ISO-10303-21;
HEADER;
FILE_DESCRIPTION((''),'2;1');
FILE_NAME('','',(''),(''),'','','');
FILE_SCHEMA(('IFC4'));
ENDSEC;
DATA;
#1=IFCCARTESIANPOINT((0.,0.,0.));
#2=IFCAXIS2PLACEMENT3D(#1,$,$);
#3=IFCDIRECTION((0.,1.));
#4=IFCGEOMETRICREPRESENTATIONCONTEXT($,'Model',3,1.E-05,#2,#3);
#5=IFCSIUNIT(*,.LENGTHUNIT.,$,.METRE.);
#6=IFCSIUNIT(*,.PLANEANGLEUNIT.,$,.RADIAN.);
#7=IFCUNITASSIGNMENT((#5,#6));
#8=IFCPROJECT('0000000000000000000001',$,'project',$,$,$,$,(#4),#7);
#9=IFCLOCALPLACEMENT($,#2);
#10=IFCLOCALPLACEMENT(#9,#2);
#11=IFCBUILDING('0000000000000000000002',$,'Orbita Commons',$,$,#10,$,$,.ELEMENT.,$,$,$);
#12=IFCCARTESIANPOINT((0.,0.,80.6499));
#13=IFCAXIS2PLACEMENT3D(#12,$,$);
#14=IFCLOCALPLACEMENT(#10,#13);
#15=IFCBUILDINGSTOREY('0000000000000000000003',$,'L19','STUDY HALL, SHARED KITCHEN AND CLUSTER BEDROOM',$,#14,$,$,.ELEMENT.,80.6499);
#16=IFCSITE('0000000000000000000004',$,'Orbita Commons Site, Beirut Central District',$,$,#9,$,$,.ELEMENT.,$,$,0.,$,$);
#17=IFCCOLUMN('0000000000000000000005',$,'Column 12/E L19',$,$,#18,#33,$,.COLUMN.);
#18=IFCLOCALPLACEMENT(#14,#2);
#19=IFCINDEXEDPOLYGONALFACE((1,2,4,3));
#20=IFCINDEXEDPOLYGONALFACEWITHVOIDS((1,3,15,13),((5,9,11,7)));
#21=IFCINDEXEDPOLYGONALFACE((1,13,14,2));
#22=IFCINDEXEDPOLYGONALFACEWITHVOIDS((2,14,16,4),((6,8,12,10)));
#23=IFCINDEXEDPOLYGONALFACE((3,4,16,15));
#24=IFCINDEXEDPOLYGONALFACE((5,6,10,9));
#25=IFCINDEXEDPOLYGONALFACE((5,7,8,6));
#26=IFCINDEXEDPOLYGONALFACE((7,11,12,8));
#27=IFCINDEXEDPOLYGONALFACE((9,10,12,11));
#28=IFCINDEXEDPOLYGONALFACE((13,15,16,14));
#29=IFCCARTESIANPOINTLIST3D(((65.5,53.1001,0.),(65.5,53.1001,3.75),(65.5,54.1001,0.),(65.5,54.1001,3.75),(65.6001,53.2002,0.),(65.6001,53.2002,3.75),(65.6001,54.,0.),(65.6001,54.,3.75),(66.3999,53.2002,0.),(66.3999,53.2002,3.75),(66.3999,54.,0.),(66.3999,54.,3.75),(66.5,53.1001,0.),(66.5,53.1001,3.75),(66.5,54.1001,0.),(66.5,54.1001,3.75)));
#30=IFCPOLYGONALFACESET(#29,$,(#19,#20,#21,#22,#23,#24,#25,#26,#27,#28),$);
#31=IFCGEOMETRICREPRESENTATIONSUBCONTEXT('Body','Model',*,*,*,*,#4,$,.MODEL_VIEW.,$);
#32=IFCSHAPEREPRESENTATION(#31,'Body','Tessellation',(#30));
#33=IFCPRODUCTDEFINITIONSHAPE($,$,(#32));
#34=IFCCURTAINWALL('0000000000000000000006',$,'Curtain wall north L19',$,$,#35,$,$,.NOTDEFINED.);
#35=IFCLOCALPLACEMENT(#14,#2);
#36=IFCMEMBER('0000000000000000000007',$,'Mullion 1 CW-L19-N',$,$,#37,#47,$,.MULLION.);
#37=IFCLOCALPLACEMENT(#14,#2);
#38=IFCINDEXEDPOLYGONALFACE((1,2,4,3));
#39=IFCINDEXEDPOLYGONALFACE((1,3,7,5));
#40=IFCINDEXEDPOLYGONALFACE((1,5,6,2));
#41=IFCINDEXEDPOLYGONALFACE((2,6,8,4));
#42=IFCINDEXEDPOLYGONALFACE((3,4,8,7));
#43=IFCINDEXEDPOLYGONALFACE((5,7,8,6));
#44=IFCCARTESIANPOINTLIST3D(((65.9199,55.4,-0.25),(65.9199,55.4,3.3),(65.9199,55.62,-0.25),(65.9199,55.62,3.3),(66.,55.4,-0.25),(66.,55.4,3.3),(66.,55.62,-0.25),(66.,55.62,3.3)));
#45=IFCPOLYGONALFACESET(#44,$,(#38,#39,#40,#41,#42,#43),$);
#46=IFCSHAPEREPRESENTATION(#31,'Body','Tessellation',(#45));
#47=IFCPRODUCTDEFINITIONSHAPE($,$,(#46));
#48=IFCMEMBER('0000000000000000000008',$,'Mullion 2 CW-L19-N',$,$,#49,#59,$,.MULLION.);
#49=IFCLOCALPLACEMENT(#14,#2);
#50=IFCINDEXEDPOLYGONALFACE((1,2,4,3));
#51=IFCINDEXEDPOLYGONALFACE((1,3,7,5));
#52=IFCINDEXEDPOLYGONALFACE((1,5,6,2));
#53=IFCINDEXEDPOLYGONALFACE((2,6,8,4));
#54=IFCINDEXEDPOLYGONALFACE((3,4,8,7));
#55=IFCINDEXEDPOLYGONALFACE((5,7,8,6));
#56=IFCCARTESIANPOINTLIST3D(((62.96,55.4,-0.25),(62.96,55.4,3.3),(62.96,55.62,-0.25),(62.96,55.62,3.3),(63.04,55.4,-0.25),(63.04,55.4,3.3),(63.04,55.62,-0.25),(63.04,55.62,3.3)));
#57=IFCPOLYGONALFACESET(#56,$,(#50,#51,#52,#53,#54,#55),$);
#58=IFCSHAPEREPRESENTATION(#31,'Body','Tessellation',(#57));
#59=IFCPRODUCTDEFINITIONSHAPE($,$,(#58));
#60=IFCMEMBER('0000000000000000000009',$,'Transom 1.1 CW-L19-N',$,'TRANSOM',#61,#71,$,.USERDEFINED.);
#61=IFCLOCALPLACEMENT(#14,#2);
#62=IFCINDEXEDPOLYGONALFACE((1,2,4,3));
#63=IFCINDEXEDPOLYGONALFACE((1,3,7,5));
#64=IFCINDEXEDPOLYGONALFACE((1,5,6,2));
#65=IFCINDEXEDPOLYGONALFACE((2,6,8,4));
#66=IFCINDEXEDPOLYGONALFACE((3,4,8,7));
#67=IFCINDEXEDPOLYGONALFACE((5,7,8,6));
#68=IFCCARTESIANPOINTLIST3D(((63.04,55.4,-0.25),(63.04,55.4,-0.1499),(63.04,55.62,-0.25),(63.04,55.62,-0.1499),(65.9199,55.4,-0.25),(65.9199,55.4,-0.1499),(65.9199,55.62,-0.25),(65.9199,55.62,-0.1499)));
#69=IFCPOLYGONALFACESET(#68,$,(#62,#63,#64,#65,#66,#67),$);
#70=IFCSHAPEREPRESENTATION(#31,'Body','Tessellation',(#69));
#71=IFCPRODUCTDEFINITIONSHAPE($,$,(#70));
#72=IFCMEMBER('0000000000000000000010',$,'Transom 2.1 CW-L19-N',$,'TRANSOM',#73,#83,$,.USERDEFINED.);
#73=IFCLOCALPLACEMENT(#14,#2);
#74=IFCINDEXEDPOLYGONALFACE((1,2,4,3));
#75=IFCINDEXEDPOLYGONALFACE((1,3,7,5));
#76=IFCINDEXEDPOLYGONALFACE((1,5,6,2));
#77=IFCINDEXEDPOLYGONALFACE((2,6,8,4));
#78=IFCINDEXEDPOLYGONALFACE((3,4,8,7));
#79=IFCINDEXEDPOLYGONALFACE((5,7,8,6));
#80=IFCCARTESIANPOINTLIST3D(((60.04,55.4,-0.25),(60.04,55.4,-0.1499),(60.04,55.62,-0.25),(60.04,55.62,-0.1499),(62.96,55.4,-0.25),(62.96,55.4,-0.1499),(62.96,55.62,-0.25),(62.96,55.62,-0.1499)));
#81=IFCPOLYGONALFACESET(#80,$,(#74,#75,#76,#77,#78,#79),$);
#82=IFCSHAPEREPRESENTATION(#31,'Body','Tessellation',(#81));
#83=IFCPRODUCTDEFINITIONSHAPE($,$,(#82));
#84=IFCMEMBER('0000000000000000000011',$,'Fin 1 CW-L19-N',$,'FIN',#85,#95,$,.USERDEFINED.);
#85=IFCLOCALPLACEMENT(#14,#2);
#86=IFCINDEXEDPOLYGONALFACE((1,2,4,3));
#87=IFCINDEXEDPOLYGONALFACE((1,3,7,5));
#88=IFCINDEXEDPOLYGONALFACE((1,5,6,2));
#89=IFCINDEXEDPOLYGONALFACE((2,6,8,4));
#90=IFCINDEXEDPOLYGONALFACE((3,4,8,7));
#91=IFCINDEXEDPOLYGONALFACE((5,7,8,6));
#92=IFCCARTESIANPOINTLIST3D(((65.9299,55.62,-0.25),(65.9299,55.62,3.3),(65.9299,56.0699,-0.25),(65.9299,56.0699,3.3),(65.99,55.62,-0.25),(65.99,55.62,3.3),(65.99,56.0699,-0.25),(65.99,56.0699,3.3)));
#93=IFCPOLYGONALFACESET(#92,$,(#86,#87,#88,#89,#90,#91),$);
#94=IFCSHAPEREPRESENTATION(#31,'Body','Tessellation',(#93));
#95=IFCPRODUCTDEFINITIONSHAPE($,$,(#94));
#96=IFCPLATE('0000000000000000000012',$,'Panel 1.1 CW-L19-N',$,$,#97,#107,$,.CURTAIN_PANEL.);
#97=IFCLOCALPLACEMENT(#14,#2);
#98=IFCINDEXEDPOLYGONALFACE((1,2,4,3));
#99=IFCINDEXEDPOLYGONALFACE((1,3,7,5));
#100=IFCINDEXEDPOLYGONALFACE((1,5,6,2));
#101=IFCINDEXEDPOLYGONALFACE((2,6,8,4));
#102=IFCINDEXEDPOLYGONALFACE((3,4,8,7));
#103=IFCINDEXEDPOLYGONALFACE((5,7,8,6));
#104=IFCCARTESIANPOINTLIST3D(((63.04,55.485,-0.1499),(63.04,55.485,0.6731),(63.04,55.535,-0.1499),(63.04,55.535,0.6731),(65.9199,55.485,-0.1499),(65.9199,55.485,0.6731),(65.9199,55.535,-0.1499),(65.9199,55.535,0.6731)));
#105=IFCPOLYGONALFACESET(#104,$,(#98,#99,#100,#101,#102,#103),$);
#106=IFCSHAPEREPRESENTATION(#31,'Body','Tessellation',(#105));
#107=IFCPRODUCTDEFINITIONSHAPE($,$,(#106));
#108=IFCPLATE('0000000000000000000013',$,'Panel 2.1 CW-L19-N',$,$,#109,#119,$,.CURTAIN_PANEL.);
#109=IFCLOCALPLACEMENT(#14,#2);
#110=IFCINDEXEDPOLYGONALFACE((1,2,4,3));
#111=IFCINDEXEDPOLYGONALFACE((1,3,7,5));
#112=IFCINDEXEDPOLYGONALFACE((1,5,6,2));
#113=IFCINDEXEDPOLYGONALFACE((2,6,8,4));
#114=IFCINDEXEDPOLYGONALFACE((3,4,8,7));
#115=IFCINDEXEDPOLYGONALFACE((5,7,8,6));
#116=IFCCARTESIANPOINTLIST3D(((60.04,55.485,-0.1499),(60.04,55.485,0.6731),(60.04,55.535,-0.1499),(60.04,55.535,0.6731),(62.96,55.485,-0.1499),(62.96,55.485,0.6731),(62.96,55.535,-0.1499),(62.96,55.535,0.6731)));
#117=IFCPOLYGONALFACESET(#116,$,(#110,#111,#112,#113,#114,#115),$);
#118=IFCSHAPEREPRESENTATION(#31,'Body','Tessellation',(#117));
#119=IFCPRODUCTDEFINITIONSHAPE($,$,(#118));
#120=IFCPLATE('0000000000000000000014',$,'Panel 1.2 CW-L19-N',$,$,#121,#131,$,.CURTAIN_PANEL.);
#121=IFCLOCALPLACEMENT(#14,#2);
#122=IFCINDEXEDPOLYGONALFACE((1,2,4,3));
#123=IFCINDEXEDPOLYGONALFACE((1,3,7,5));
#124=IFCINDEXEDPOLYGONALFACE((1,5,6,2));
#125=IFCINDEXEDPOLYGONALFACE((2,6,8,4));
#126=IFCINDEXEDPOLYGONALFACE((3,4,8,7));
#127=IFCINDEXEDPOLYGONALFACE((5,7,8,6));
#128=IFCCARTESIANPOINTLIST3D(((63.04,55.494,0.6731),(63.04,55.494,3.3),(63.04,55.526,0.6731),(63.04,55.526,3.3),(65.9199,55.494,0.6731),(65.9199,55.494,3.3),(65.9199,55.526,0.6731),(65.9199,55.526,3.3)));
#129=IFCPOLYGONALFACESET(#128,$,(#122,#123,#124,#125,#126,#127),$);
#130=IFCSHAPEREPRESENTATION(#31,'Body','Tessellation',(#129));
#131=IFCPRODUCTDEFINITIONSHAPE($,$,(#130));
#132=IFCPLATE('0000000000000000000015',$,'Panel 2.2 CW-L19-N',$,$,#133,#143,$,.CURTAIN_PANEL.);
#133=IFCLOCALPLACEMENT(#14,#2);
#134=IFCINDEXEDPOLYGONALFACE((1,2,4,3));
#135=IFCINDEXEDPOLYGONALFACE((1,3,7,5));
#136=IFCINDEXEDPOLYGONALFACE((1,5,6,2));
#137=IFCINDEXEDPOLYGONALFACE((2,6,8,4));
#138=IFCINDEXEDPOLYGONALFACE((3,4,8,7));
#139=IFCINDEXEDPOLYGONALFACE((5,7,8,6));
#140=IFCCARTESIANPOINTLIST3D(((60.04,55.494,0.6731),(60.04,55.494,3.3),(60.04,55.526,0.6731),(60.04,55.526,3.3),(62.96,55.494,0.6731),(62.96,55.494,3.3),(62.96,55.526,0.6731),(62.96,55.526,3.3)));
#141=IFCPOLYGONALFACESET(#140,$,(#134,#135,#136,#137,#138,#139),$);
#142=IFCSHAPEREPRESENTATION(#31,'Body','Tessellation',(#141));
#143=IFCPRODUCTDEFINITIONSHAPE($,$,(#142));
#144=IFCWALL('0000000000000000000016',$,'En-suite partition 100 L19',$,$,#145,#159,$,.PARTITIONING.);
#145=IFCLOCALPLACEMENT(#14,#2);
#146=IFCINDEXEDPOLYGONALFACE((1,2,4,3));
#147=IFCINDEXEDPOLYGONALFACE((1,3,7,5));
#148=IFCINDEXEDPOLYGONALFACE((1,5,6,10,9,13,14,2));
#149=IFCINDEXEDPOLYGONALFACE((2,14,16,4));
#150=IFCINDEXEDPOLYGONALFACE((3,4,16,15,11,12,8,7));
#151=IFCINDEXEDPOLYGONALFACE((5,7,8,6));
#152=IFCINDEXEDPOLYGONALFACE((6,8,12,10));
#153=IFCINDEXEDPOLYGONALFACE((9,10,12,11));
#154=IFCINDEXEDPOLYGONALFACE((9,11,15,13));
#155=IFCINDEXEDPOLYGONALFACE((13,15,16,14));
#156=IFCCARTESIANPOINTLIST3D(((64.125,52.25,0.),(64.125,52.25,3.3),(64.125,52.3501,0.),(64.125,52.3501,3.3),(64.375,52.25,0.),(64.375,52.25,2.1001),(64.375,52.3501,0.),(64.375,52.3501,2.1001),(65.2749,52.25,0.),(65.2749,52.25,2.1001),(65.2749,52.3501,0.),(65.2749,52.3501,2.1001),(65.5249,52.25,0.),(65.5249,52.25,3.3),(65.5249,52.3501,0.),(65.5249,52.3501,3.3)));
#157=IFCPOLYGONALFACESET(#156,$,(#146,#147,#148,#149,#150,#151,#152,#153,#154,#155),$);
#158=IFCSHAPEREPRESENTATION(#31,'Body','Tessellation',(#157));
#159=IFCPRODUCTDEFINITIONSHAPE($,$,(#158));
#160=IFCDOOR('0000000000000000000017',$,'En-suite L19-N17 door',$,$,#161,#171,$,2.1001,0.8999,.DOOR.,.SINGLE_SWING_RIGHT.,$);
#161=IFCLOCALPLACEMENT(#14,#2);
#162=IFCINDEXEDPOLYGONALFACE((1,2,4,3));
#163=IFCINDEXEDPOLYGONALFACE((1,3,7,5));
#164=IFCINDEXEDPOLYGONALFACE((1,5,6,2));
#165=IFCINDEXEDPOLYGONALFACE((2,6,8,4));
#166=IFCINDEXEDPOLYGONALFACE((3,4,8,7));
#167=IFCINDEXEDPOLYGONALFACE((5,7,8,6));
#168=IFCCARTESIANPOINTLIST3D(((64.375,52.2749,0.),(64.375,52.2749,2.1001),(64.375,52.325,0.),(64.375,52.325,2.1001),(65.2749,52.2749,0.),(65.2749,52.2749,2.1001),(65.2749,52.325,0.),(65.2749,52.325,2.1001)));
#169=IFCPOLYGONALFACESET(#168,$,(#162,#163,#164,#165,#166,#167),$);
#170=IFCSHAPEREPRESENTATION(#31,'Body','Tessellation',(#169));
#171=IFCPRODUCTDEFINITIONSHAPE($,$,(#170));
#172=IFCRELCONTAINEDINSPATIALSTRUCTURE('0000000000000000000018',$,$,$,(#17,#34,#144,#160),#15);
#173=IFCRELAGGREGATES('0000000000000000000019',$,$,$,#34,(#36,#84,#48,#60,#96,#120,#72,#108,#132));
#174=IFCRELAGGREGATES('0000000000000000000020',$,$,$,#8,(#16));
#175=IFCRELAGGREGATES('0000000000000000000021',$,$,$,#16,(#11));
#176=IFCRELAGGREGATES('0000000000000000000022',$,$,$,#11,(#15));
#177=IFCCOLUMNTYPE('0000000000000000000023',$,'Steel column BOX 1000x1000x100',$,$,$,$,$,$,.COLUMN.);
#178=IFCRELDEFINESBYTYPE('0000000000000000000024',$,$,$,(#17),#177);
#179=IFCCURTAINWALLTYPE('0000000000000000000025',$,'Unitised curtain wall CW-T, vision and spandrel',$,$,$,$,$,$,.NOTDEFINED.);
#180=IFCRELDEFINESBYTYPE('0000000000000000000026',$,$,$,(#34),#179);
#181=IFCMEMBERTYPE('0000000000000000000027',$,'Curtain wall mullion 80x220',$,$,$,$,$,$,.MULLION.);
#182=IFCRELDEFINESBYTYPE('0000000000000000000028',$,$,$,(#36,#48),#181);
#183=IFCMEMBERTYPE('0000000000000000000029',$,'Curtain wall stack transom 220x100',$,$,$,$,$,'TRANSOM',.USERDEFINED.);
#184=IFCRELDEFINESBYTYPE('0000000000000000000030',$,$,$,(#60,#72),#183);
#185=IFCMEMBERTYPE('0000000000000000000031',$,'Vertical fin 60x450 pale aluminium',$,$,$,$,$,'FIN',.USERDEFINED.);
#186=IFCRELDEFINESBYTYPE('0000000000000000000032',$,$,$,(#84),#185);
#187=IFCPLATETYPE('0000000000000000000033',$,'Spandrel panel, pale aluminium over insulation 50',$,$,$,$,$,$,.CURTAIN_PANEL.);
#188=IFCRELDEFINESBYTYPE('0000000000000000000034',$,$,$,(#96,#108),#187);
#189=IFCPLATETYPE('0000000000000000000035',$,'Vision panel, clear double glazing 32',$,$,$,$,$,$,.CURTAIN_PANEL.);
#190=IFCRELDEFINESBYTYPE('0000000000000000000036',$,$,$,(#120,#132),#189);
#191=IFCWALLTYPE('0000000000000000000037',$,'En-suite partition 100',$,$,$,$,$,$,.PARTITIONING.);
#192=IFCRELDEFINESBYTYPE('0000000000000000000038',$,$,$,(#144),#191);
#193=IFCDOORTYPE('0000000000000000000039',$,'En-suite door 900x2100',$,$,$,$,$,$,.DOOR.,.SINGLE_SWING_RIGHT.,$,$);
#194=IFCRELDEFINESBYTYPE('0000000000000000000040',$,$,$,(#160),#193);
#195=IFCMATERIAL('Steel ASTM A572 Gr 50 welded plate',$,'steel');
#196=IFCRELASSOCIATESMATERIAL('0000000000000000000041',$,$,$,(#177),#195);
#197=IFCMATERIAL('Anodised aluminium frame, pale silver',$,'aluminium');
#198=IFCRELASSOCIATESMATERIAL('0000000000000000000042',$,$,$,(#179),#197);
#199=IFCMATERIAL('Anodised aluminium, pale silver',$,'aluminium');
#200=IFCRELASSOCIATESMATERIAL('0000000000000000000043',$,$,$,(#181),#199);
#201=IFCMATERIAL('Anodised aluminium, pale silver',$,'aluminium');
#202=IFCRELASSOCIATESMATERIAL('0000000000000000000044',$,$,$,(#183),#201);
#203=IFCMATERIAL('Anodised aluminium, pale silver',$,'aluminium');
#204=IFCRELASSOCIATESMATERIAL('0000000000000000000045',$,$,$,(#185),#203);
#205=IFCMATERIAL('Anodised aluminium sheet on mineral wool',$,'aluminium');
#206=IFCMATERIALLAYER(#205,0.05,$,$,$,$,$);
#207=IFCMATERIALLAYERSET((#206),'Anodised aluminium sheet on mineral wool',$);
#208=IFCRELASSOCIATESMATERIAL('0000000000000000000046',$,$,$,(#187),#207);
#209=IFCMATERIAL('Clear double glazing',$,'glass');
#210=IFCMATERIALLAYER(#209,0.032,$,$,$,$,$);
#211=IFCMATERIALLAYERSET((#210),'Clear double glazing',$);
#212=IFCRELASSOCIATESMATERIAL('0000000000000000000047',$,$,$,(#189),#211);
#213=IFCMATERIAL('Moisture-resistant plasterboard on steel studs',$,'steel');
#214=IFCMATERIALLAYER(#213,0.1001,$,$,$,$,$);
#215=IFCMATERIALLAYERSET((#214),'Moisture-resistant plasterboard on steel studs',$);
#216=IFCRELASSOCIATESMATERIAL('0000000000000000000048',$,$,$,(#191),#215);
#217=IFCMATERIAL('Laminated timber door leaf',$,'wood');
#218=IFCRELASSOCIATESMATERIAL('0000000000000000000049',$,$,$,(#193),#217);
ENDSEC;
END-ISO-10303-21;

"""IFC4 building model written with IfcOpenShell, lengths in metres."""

from ifc_helpers import new_model, si_unit, direction, frame, frame_2d, origin, origin_2d, place, context, subcontext, project, spatial, rectangle, hollow_rectangle, extrude, material, layer, layer_set, material_profile, profile_set, type_object, element, fill, aggregate, save


model = new_model("IFC4")

# Units and contexts
model_context = context("Model", 3, precision=1e-05, world=origin(), true_north=direction((0.0, 1.0)))
body_context = subcontext(model_context, "Body", "Model", "MODEL_VIEW")
ifc_project = project(units=[si_unit("LENGTHUNIT", "METRE"), si_unit("PLANEANGLEUNIT", "RADIAN")], contexts=[model_context])

# Site, building, storey
site_placement = place(None, origin())
site = spatial("IfcSite", under=ifc_project, at=site_placement, Name="Orbita Commons Site, Beirut Central District", CompositionType="ELEMENT", RefElevation=0.0)
building_placement = place(site_placement, origin())
building = spatial("IfcBuilding", under=site, at=building_placement, Name="Orbita Commons", CompositionType="ELEMENT")
storey_placement = place(building_placement, frame((0.0, 0.0, 80.6499)))
storey = spatial("IfcBuildingStorey", under=building, at=storey_placement, Name="L19", Description="STUDY HALL, SHARED KITCHEN AND CLUSTER BEDROOM", CompositionType="ELEMENT", Elevation=80.6499)

# Column
ifc_material_1 = material(Name="Steel ASTM A572 Gr 50 welded plate", Category="steel")
ifc_material_profile_1 = material_profile(ifc_material_1, hollow_rectangle(XDim=1.0, YDim=1.0, WallThickness=0.1001, at=origin_2d()), Name="BOX 1000x1000x100")
ifc_profile_set_1 = profile_set([ifc_material_profile_1], Name="Steel ASTM A572 Gr 50 welded plate")
column_type = type_object("IfcColumnType", Name="Steel column BOX 1000x1000x100", PredefinedType="COLUMN", material=ifc_profile_set_1)
column_placement = place(storey_placement, frame((66.0, 53.6001, 0.0), z_axis=(0.0, 0.0, 1.0), x_axis=(1.0, 0.0, 0.0)))
element("IfcColumn", 1, at=column_placement, inside=storey, type_object=column_type, Name="Column 12/E L19", PredefinedType="COLUMN", context=body_context, shape_type="SweptSolid", body=[
    extrude(hollow_rectangle(XDim=1.0, YDim=1.0, WallThickness=0.1001, at=origin_2d()), origin(), (0.0, 0.0, 1.0), 3.75),
])

# Curtain wall, members, plates
ifc_material_2 = material(Name="Anodised aluminium frame, pale silver", Category="aluminium")
curtain_wall_type = type_object("IfcCurtainWallType", Name="Unitised curtain wall CW-T, vision and spandrel", PredefinedType="NOTDEFINED", material=ifc_material_2)
curtain_wall_placement = place(storey_placement, origin())
curtain_wall = element("IfcCurtainWall", 2, at=curtain_wall_placement, inside=storey, type_object=curtain_wall_type, Name="Curtain wall north L19", PredefinedType="NOTDEFINED")
ifc_material_3 = material(Name="Anodised aluminium, pale silver", Category="aluminium")
ifc_material_profile_2 = material_profile(ifc_material_3, rectangle(XDim=0.0801, YDim=0.22, at=origin_2d()), Name="AL 80x220")
ifc_profile_set_2 = profile_set([ifc_material_profile_2], Name="Anodised aluminium, pale silver")
member_type_1 = type_object("IfcMemberType", Name="Curtain wall mullion 80x220", PredefinedType="MULLION", material=ifc_profile_set_2)
member_1_placement = place(storey_placement, frame((65.96, 55.51, -0.25), z_axis=(0.0, 0.0, 1.0), x_axis=(-1.0, 0.0, 0.0)))
member_1 = element("IfcMember", 3, at=member_1_placement, type_object=member_type_1, Name="Mullion 1 CW-L19-N", PredefinedType="MULLION", context=body_context, shape_type="SweptSolid", body=[
    extrude(rectangle(XDim=0.0801, YDim=0.22, at=origin_2d()), origin(), (0.0, 0.0, 1.0), 3.55),
])
member_2_placement = place(storey_placement, frame((63.0, 55.51, -0.25), z_axis=(0.0, 0.0, 1.0), x_axis=(-1.0, 0.0, 0.0)))
member_2 = element("IfcMember", 4, at=member_2_placement, type_object=member_type_1, Name="Mullion 2 CW-L19-N", PredefinedType="MULLION", context=body_context, shape_type="SweptSolid", body=[
    extrude(rectangle(XDim=0.0801, YDim=0.22, at=origin_2d()), origin(), (0.0, 0.0, 1.0), 3.55),
])
ifc_material_4 = material(Name="Anodised aluminium, pale silver", Category="aluminium")
ifc_material_profile_3 = material_profile(ifc_material_4, rectangle(XDim=0.22, YDim=0.1001, at=origin_2d()), Name="AL 220x100")
ifc_profile_set_3 = profile_set([ifc_material_profile_3], Name="Anodised aluminium, pale silver")
member_type_2 = type_object("IfcMemberType", Name="Curtain wall stack transom 220x100", ElementType="TRANSOM", PredefinedType="USERDEFINED", material=ifc_profile_set_3)
member_3_placement = place(storey_placement, frame((65.9199, 55.51, -0.2), z_axis=(-1.0, 0.0, 0.0), x_axis=(0.0, -1.0, 0.0)))
member_3 = element("IfcMember", 5, at=member_3_placement, type_object=member_type_2, Name="Transom 1.1 CW-L19-N", ObjectType="TRANSOM", PredefinedType="USERDEFINED", context=body_context, shape_type="SweptSolid", body=[
    extrude(rectangle(XDim=0.22, YDim=0.1001, at=origin_2d()), origin(), (0.0, 0.0, 1.0), 2.8799),
])
member_4_placement = place(storey_placement, frame((62.96, 55.51, -0.2), z_axis=(-1.0, 0.0, 0.0), x_axis=(0.0, -1.0, 0.0)))
member_4 = element("IfcMember", 6, at=member_4_placement, type_object=member_type_2, Name="Transom 2.1 CW-L19-N", ObjectType="TRANSOM", PredefinedType="USERDEFINED", context=body_context, shape_type="SweptSolid", body=[
    extrude(rectangle(XDim=0.22, YDim=0.1001, at=origin_2d()), origin(), (0.0, 0.0, 1.0), 2.9199),
])
ifc_material_5 = material(Name="Anodised aluminium, pale silver", Category="aluminium")
ifc_material_profile_4 = material_profile(ifc_material_5, rectangle(XDim=0.0601, YDim=0.45, at=origin_2d()), Name="FIN 60x450")
ifc_profile_set_4 = profile_set([ifc_material_profile_4], Name="Anodised aluminium, pale silver")
member_type_3 = type_object("IfcMemberType", Name="Vertical fin 60x450 pale aluminium", ElementType="FIN", PredefinedType="USERDEFINED", material=ifc_profile_set_4)
member_5_placement = place(storey_placement, frame((65.96, 55.845, -0.25), z_axis=(0.0, 0.0, 1.0), x_axis=(-1.0, 0.0, 0.0)))
member_5 = element("IfcMember", 7, at=member_5_placement, type_object=member_type_3, Name="Fin 1 CW-L19-N", ObjectType="FIN", PredefinedType="USERDEFINED", context=body_context, shape_type="SweptSolid", body=[
    extrude(rectangle(XDim=0.0601, YDim=0.45, at=origin_2d()), origin(), (0.0, 0.0, 1.0), 3.55),
])
ifc_material_6 = material(Name="Anodised aluminium sheet on mineral wool", Category="aluminium")
ifc_layer_1 = layer(ifc_material_6, 0.05)
ifc_layer_set_1 = layer_set([ifc_layer_1], Name="Anodised aluminium sheet on mineral wool")
plate_type_1 = type_object("IfcPlateType", Name="Spandrel panel, pale aluminium over insulation 50", PredefinedType="CURTAIN_PANEL", material=ifc_layer_set_1)
plate_1_placement = place(storey_placement, frame((64.48, 55.51, -0.1499), z_axis=(0.0, 0.0, 1.0), x_axis=(-1.0, 0.0, 0.0)))
plate_1 = element("IfcPlate", 8, at=plate_1_placement, type_object=plate_type_1, Name="Panel 1.1 CW-L19-N", PredefinedType="CURTAIN_PANEL", context=body_context, shape_type="SweptSolid", body=[
    extrude(rectangle(XDim=2.8799, YDim=0.05, at=origin_2d()), origin(), (0.0, 0.0, 1.0), 0.823),
])
plate_2_placement = place(storey_placement, frame((61.5, 55.51, -0.1499), z_axis=(0.0, 0.0, 1.0), x_axis=(-1.0, 0.0, 0.0)))
plate_2 = element("IfcPlate", 9, at=plate_2_placement, type_object=plate_type_1, Name="Panel 2.1 CW-L19-N", PredefinedType="CURTAIN_PANEL", context=body_context, shape_type="SweptSolid", body=[
    extrude(rectangle(XDim=2.9199, YDim=0.05, at=origin_2d()), origin(), (0.0, 0.0, 1.0), 0.823),
])
ifc_material_7 = material(Name="Clear double glazing", Category="glass")
ifc_layer_2 = layer(ifc_material_7, 0.032)
ifc_layer_set_2 = layer_set([ifc_layer_2], Name="Clear double glazing")
plate_type_2 = type_object("IfcPlateType", Name="Vision panel, clear double glazing 32", PredefinedType="CURTAIN_PANEL", material=ifc_layer_set_2)
plate_3_placement = place(storey_placement, frame((64.48, 55.51, 0.6731), z_axis=(0.0, 0.0, 1.0), x_axis=(-1.0, 0.0, 0.0)))
plate_3 = element("IfcPlate", 10, at=plate_3_placement, type_object=plate_type_2, Name="Panel 1.2 CW-L19-N", PredefinedType="CURTAIN_PANEL", context=body_context, shape_type="SweptSolid", body=[
    extrude(rectangle(XDim=2.8799, YDim=0.032, at=origin_2d()), origin(), (0.0, 0.0, 1.0), 2.627),
])
plate_4_placement = place(storey_placement, frame((61.5, 55.51, 0.6731), z_axis=(0.0, 0.0, 1.0), x_axis=(-1.0, 0.0, 0.0)))
plate_4 = element("IfcPlate", 11, at=plate_4_placement, type_object=plate_type_2, Name="Panel 2.2 CW-L19-N", PredefinedType="CURTAIN_PANEL", context=body_context, shape_type="SweptSolid", body=[
    extrude(rectangle(XDim=2.9199, YDim=0.032, at=origin_2d()), origin(), (0.0, 0.0, 1.0), 2.627),
])
aggregate(curtain_wall, [member_1, member_5, member_2, member_3, plate_1, plate_3, member_4, plate_2, plate_4])

# Wall, opening, door
ifc_material_8 = material(Name="Moisture-resistant plasterboard on steel studs", Category="steel")
ifc_layer_3 = layer(ifc_material_8, 0.1001)
ifc_layer_set_3 = layer_set([ifc_layer_3], Name="Moisture-resistant plasterboard on steel studs")
wall_type_1 = type_object("IfcWallType", Name="En-suite partition 100", PredefinedType="PARTITIONING", material=ifc_layer_set_3)
wall_1_placement = place(storey_placement, frame((64.125, 52.3, 0.0), z_axis=(0.0, 0.0, 1.0), x_axis=(1.0, 0.0, 0.0)))
wall_1 = element("IfcWall", 12, at=wall_1_placement, inside=storey, type_object=wall_type_1, Name="En-suite partition 100 L19", PredefinedType="PARTITIONING", context=body_context, shape_type="SweptSolid", body=[
    extrude(rectangle(XDim=1.3999, YDim=0.1001, at=frame_2d((0.7, 0.0))), origin(), (0.0, 0.0, 1.0), 3.3),
])
opening_1_placement = place(wall_1_placement, frame((0.25, 0.0, 0.0)))
opening_1 = element("IfcOpeningElement", 13, at=opening_1_placement, cuts=wall_1, PredefinedType="OPENING", context=body_context, shape_type="SweptSolid", body=[
    extrude(rectangle(XDim=0.8999, YDim=2.1001, at=frame_2d((0.45, 1.05))), frame((0.0, 0.0601, 0.0), z_axis=(0.0, -1.0, 0.0), x_axis=(1.0, 0.0, 0.0)), (0.0, 0.0, 1.0), 0.1201),
])
ifc_material_9 = material(Name="Laminated timber door leaf", Category="wood")
door_type = type_object("IfcDoorType", Name="En-suite door 900x2100", OperationType="SINGLE_SWING_RIGHT", PredefinedType="DOOR", material=ifc_material_9)
door_placement = place(opening_1_placement, origin())
door = element("IfcDoor", 14, at=door_placement, inside=storey, type_object=door_type, Name="En-suite L19-N17 door", OperationType="SINGLE_SWING_RIGHT", OverallHeight=2.1001, OverallWidth=0.8999, PredefinedType="DOOR", context=body_context, shape_type="SweptSolid", body=[
    extrude(rectangle(XDim=0.8999, YDim=2.1001, at=frame_2d((0.45, 1.05))), frame((0.0, 0.0249, 0.0), z_axis=(0.0, -1.0, 0.0), x_axis=(1.0, 0.0, 0.0)), (0.0, 0.0, 1.0), 0.05),
])
fill(opening_1, door)

save(model, "model.ifc")
